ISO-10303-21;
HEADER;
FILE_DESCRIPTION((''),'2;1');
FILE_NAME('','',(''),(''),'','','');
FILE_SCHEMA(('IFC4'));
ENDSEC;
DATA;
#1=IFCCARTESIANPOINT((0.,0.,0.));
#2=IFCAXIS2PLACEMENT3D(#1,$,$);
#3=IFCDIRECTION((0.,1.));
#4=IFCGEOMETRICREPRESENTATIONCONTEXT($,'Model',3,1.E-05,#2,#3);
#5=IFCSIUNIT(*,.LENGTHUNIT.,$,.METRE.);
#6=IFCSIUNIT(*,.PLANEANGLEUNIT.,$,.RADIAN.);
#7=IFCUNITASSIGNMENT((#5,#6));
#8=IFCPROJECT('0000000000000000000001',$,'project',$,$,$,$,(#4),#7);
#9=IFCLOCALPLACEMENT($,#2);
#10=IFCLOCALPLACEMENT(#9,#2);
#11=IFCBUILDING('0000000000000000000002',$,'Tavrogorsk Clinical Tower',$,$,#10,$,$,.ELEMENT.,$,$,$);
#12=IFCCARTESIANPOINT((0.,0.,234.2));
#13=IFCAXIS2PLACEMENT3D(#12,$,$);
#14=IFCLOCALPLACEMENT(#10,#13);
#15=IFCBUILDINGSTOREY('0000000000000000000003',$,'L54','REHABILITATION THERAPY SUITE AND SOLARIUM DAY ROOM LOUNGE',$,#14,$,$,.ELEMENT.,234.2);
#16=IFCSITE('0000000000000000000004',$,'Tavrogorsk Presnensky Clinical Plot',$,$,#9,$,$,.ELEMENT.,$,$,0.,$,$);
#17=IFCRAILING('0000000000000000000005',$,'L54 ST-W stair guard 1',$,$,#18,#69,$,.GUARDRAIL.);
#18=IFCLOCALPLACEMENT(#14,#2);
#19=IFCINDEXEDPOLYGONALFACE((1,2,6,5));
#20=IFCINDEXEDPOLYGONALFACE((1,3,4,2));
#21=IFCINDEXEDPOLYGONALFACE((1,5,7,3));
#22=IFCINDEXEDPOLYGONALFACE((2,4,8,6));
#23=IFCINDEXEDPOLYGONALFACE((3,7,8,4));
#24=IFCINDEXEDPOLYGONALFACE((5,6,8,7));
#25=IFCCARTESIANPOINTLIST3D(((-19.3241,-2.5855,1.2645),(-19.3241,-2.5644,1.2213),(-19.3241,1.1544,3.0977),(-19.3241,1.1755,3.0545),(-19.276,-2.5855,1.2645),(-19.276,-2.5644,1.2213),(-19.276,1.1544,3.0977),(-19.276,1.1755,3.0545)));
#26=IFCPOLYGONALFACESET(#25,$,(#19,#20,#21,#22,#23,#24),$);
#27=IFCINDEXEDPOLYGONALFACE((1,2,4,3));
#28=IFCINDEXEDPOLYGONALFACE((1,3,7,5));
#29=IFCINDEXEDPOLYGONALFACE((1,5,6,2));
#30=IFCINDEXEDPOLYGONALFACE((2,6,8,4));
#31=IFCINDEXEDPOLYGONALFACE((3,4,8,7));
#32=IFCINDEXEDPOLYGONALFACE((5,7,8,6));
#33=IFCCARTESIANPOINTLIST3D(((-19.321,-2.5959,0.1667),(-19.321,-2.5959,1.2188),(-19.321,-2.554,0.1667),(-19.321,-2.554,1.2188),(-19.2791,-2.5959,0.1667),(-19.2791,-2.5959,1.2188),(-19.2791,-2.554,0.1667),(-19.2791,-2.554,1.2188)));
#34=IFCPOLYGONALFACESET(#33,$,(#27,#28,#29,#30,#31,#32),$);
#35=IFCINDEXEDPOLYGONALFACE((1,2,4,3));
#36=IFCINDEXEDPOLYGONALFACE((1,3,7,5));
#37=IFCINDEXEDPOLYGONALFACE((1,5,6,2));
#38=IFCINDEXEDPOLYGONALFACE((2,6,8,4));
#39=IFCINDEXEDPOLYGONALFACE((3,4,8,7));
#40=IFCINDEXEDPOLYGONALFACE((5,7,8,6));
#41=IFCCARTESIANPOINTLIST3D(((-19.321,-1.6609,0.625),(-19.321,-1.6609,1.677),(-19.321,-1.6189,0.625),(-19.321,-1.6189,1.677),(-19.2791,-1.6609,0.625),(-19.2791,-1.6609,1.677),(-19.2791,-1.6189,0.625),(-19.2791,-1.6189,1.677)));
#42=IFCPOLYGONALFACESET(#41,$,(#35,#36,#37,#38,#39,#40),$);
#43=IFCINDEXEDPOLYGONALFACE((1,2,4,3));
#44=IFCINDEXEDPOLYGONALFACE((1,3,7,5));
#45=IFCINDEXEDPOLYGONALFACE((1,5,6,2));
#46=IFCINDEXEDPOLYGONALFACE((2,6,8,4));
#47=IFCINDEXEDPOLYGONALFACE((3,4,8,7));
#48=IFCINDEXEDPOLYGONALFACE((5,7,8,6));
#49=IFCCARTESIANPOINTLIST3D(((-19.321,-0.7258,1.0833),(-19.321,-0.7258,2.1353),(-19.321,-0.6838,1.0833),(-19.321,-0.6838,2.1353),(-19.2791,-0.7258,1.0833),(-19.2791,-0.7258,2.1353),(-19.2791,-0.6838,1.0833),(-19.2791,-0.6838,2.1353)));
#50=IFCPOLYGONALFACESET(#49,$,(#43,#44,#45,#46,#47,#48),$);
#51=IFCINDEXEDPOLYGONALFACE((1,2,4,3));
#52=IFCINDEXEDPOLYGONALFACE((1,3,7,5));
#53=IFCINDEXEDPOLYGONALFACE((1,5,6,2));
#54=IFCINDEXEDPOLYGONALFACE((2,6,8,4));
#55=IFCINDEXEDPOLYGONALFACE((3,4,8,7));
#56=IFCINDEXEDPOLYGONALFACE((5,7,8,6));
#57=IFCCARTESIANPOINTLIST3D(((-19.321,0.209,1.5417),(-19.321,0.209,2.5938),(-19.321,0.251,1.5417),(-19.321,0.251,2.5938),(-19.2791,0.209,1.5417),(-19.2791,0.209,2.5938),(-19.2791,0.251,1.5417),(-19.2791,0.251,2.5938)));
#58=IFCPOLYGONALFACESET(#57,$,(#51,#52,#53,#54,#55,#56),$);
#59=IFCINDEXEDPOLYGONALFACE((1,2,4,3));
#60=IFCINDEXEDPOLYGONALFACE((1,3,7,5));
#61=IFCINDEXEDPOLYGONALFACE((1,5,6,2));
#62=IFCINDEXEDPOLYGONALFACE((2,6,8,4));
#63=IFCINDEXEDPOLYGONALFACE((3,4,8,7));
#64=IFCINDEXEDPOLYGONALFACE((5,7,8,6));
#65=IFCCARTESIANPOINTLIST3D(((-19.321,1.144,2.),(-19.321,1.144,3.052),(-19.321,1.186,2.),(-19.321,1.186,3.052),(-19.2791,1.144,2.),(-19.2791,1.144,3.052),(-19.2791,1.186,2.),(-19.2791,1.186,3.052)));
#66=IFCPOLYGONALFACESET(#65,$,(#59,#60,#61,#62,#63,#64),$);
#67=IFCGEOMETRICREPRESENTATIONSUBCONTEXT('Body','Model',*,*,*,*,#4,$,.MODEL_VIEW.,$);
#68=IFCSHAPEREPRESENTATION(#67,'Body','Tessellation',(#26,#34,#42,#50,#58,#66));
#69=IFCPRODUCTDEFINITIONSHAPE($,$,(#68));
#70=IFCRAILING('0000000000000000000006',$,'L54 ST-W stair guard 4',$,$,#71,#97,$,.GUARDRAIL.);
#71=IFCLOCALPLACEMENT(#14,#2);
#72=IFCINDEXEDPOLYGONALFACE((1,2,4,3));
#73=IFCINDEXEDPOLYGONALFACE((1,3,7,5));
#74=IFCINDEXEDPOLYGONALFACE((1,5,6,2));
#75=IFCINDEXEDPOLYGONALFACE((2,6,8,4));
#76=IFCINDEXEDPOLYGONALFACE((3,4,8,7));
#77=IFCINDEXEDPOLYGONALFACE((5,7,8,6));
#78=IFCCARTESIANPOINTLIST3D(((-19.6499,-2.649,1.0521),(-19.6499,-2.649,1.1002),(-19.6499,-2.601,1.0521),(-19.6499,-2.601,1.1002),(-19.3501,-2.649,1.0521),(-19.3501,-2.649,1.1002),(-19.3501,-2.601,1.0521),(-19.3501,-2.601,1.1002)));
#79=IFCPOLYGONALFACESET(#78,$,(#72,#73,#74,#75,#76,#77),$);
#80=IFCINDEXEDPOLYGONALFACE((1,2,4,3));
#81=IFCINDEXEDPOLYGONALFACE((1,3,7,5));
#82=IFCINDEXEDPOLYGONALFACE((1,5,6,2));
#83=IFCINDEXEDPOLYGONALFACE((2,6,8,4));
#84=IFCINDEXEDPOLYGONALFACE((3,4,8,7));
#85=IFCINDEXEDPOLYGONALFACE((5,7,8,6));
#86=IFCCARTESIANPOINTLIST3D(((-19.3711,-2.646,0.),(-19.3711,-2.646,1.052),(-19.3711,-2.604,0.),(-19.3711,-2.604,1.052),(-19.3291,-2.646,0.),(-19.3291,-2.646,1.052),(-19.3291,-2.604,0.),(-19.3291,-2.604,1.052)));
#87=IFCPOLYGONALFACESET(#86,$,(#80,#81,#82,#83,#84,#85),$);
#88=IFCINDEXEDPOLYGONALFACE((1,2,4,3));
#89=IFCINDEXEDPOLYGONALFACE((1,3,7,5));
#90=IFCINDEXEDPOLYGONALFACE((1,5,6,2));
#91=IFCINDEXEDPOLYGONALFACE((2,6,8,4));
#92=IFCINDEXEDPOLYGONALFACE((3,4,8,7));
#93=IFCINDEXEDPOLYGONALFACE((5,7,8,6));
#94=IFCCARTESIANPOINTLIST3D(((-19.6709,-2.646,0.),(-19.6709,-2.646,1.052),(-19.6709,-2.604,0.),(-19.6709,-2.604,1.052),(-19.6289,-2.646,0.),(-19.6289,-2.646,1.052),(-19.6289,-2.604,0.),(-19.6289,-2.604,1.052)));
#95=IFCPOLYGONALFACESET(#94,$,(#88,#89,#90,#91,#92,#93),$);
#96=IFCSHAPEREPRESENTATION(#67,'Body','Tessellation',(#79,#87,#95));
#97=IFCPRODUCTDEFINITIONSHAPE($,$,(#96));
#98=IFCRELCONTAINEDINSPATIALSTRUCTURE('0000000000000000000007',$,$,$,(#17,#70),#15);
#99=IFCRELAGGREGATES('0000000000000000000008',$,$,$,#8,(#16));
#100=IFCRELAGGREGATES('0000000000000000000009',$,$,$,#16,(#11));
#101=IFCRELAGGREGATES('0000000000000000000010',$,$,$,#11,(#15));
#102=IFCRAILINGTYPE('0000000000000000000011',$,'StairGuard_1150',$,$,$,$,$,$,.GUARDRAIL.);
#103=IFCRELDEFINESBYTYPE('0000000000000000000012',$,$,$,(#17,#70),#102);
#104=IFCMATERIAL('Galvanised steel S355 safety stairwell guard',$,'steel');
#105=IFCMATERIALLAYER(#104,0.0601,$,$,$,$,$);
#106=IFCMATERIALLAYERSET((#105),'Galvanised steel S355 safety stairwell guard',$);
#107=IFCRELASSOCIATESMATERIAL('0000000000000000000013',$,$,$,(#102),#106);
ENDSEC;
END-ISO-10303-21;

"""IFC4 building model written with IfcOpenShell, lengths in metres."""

from ifc_helpers import new_model, si_unit, direction, frame, origin, origin_2d, place, context, subcontext, project, spatial, rectangle, extrude, material, layer, layer_set, type_object, element, save


model = new_model("IFC4")

# Units and contexts
model_context = context("Model", 3, precision=1e-05, world=origin(), true_north=direction((0.0, 1.0)))
body_context = subcontext(model_context, "Body", "Model", "MODEL_VIEW")
ifc_project = project(units=[si_unit("LENGTHUNIT", "METRE"), si_unit("PLANEANGLEUNIT", "RADIAN")], contexts=[model_context])

# Site, building, storey
site_placement = place(None, origin())
site = spatial("IfcSite", under=ifc_project, at=site_placement, Name="Tavrogorsk Presnensky Clinical Plot", CompositionType="ELEMENT", RefElevation=0.0)
building_placement = place(site_placement, origin())
building = spatial("IfcBuilding", under=site, at=building_placement, Name="Tavrogorsk Clinical Tower", CompositionType="ELEMENT")
storey_placement = place(building_placement, frame((0.0, 0.0, 234.2)))
storey = spatial("IfcBuildingStorey", under=building, at=storey_placement, Name="L54", Description="REHABILITATION THERAPY SUITE AND SOLARIUM DAY ROOM LOUNGE", CompositionType="ELEMENT", Elevation=234.2)

# Railings
ifc_material_1 = material(Name="Galvanised steel S355 safety stairwell guard", Category="steel")
ifc_layer_1 = layer(ifc_material_1, 0.0601)
ifc_layer_set_1 = layer_set([ifc_layer_1], Name="Galvanised steel S355 safety stairwell guard")
railing_type = type_object("IfcRailingType", Name="StairGuard_1150", PredefinedType="GUARDRAIL", material=ifc_layer_set_1)
railing_1_placement = place(storey_placement, frame((-19.3, -2.575, 0.1667)))
element("IfcRailing", 1, at=railing_1_placement, inside=storey, type_object=railing_type, Name="L54 ST-W stair guard 1", PredefinedType="GUARDRAIL", context=body_context, shape_type="SweptSolid", body=[
    extrude(rectangle(XDim=0.0481, YDim=0.0481, at=origin_2d()), frame((0.0, 0.0, 1.0762), z_axis=(0.0, 0.897928, 0.440142), x_axis=(-1.0, 0.0, 0.0)), (0.0, 0.0, 1.0), 4.165),
    extrude(rectangle(XDim=0.042, YDim=0.042, at=origin_2d()), origin(), (0.0, 0.0, 1.0), 1.052),
    extrude(rectangle(XDim=0.042, YDim=0.042, at=origin_2d()), frame((0.0, 0.9351, 0.4583)), (0.0, 0.0, 1.0), 1.052),
    extrude(rectangle(XDim=0.042, YDim=0.042, at=origin_2d()), frame((0.0, 1.8701, 0.9165)), (0.0, 0.0, 1.0), 1.052),
    extrude(rectangle(XDim=0.042, YDim=0.042, at=origin_2d()), frame((0.0, 2.8049, 1.375)), (0.0, 0.0, 1.0), 1.052),
    extrude(rectangle(XDim=0.042, YDim=0.042, at=origin_2d()), frame((0.0, 3.74, 1.8333)), (0.0, 0.0, 1.0), 1.052),
])
railing_2_placement = place(storey_placement, frame((-19.3501, -2.625, 0.0)))
element("IfcRailing", 2, at=railing_2_placement, inside=storey, type_object=railing_type, Name="L54 ST-W stair guard 4", PredefinedType="GUARDRAIL", context=body_context, shape_type="SweptSolid", body=[
    extrude(rectangle(XDim=0.0481, YDim=0.0481, at=origin_2d()), frame((0.0, 0.0, 1.0762), z_axis=(-1.0, 0.0, 0.0), x_axis=(0.0, -1.0, 0.0)), (0.0, 0.0, 1.0), 0.2998),
    extrude(rectangle(XDim=0.042, YDim=0.042, at=origin_2d()), origin(), (0.0, 0.0, 1.0), 1.052),
    extrude(rectangle(XDim=0.042, YDim=0.042, at=origin_2d()), frame((-0.2998, 0.0, 0.0)), (0.0, 0.0, 1.0), 1.052),
])

save(model, "model.ifc")
